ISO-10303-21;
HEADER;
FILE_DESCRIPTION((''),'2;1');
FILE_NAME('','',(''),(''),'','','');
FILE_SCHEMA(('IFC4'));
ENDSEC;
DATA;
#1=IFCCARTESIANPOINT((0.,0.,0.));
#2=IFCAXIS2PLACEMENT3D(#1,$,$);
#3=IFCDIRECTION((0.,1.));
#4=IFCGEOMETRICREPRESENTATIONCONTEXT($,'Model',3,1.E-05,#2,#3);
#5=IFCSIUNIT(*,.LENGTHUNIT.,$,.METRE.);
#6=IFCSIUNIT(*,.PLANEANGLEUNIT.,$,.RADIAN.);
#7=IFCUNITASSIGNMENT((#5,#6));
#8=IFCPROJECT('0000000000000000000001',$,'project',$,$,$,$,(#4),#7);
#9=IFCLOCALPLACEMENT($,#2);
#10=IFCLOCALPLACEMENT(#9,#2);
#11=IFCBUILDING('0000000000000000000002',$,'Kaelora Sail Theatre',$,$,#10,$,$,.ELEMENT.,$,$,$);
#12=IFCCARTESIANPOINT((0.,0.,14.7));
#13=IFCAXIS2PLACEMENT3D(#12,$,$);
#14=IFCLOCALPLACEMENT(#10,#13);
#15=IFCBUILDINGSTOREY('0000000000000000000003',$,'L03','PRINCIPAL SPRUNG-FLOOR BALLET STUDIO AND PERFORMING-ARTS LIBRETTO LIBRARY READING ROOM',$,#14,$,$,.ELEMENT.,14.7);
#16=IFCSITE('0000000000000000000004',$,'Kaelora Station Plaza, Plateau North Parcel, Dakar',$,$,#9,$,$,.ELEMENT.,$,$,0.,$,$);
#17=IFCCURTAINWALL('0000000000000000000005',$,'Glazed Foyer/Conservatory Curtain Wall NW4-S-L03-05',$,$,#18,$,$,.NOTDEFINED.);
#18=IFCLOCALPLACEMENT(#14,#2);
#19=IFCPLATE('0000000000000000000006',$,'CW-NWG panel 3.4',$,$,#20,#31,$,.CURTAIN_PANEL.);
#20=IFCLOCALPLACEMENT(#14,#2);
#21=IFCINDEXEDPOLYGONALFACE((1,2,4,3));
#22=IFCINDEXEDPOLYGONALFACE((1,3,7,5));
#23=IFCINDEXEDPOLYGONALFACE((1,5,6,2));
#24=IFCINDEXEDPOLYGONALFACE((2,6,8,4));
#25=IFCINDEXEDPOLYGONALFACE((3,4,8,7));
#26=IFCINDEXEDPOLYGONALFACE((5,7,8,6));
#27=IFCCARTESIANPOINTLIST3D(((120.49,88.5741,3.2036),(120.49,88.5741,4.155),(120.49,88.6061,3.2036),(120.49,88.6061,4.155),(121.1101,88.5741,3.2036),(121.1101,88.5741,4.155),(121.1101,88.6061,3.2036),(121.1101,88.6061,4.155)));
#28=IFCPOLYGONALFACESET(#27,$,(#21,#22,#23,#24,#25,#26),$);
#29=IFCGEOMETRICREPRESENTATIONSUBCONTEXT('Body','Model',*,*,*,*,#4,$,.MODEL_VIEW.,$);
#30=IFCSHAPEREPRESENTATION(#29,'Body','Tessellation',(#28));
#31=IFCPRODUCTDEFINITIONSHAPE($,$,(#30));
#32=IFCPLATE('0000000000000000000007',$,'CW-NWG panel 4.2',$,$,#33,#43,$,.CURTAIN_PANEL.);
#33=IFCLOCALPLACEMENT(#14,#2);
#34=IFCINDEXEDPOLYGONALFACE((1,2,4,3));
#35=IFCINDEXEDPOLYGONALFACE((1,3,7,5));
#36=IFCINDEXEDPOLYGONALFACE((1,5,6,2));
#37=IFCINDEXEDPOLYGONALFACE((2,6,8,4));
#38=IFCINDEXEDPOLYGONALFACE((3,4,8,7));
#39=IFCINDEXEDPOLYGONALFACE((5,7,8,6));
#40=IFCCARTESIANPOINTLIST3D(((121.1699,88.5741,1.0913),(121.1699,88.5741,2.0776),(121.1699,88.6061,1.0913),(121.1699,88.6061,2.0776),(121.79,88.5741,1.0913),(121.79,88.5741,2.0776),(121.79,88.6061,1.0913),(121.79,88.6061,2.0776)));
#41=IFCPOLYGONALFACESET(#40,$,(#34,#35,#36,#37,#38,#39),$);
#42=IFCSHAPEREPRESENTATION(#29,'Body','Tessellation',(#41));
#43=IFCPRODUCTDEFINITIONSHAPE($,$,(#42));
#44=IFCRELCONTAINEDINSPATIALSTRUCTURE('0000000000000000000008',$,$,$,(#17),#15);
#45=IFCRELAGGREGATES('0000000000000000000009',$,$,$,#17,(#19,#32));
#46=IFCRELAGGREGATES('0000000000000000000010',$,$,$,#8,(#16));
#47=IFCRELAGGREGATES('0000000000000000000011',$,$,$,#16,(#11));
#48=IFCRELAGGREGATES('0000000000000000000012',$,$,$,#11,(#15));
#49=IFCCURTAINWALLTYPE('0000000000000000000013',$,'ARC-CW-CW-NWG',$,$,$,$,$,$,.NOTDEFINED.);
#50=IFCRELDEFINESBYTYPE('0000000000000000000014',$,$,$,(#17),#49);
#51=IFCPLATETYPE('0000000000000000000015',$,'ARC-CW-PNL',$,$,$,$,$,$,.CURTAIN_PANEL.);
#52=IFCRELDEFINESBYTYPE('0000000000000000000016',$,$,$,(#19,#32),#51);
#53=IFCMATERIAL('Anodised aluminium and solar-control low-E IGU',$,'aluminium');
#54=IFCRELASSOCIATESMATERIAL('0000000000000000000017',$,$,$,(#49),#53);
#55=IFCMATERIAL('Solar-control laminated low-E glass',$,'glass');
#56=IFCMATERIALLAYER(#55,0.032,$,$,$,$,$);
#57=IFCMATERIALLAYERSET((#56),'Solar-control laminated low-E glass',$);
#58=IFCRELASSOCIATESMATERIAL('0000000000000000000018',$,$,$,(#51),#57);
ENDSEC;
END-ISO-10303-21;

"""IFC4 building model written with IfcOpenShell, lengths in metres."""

from ifc_helpers import new_model, si_unit, direction, frame, origin, origin_2d, place, context, subcontext, project, spatial, rectangle, extrude, material, layer, layer_set, type_object, element, aggregate, save


model = new_model("IFC4")

# Units and contexts
model_context = context("Model", 3, precision=1e-05, world=origin(), true_north=direction((0.0, 1.0)))
body_context = subcontext(model_context, "Body", "Model", "MODEL_VIEW")
ifc_project = project(units=[si_unit("LENGTHUNIT", "METRE"), si_unit("PLANEANGLEUNIT", "RADIAN")], contexts=[model_context])

# Site, building, storey
site_placement = place(None, origin())
site = spatial("IfcSite", under=ifc_project, at=site_placement, Name="Kaelora Station Plaza, Plateau North Parcel, Dakar", CompositionType="ELEMENT", RefElevation=0.0)
building_placement = place(site_placement, origin())
building = spatial("IfcBuilding", under=site, at=building_placement, Name="Kaelora Sail Theatre", CompositionType="ELEMENT")
storey_placement = place(building_placement, frame((0.0, 0.0, 14.7)))
storey = spatial("IfcBuildingStorey", under=building, at=storey_placement, Name="L03", Description="PRINCIPAL SPRUNG-FLOOR BALLET STUDIO AND PERFORMING-ARTS LIBRETTO LIBRARY READING ROOM", CompositionType="ELEMENT", Elevation=14.7)

# Curtain wall
ifc_material_1 = material(Name="Anodised aluminium and solar-control low-E IGU", Category="aluminium")
curtain_wall_type = type_object("IfcCurtainWallType", Name="ARC-CW-CW-NWG", PredefinedType="NOTDEFINED", material=ifc_material_1)
curtain_wall_1_placement = place(storey_placement, origin())
curtain_wall_1 = element("IfcCurtainWall", 1, at=curtain_wall_1_placement, inside=storey, type_object=curtain_wall_type, Name="Glazed Foyer/Conservatory Curtain Wall NW4-S-L03-05", PredefinedType="NOTDEFINED")

# Plates
ifc_material_2 = material(Name="Solar-control laminated low-E glass", Category="glass")
ifc_layer = layer(ifc_material_2, 0.032)
ifc_layer_set = layer_set([ifc_layer], Name="Solar-control laminated low-E glass")
plate_type = type_object("IfcPlateType", Name="ARC-CW-PNL", PredefinedType="CURTAIN_PANEL", material=ifc_layer_set)
plate_1_placement = place(storey_placement, frame((120.8, 88.5901, 3.2036), z_axis=(0.0, 0.0, 1.0), x_axis=(1.0, 0.0, 0.0)))
plate_1 = element("IfcPlate", 2, at=plate_1_placement, type_object=plate_type, Name="CW-NWG panel 3.4", PredefinedType="CURTAIN_PANEL", context=body_context, shape_type="SweptSolid", body=[
    extrude(rectangle(XDim=0.6201, YDim=0.032, at=origin_2d()), origin(), (0.0, 0.0, 1.0), 0.9514),
])
plate_2_placement = place(storey_placement, frame((121.48, 88.5901, 1.0913), z_axis=(0.0, 0.0, 1.0), x_axis=(1.0, 0.0, 0.0)))
plate_2 = element("IfcPlate", 3, at=plate_2_placement, type_object=plate_type, Name="CW-NWG panel 4.2", PredefinedType="CURTAIN_PANEL", context=body_context, shape_type="SweptSolid", body=[
    extrude(rectangle(XDim=0.6201, YDim=0.032, at=origin_2d()), origin(), (0.0, 0.0, 1.0), 0.9863),
])
aggregate(curtain_wall_1, [plate_1, plate_2])

save(model, "model.ifc")
